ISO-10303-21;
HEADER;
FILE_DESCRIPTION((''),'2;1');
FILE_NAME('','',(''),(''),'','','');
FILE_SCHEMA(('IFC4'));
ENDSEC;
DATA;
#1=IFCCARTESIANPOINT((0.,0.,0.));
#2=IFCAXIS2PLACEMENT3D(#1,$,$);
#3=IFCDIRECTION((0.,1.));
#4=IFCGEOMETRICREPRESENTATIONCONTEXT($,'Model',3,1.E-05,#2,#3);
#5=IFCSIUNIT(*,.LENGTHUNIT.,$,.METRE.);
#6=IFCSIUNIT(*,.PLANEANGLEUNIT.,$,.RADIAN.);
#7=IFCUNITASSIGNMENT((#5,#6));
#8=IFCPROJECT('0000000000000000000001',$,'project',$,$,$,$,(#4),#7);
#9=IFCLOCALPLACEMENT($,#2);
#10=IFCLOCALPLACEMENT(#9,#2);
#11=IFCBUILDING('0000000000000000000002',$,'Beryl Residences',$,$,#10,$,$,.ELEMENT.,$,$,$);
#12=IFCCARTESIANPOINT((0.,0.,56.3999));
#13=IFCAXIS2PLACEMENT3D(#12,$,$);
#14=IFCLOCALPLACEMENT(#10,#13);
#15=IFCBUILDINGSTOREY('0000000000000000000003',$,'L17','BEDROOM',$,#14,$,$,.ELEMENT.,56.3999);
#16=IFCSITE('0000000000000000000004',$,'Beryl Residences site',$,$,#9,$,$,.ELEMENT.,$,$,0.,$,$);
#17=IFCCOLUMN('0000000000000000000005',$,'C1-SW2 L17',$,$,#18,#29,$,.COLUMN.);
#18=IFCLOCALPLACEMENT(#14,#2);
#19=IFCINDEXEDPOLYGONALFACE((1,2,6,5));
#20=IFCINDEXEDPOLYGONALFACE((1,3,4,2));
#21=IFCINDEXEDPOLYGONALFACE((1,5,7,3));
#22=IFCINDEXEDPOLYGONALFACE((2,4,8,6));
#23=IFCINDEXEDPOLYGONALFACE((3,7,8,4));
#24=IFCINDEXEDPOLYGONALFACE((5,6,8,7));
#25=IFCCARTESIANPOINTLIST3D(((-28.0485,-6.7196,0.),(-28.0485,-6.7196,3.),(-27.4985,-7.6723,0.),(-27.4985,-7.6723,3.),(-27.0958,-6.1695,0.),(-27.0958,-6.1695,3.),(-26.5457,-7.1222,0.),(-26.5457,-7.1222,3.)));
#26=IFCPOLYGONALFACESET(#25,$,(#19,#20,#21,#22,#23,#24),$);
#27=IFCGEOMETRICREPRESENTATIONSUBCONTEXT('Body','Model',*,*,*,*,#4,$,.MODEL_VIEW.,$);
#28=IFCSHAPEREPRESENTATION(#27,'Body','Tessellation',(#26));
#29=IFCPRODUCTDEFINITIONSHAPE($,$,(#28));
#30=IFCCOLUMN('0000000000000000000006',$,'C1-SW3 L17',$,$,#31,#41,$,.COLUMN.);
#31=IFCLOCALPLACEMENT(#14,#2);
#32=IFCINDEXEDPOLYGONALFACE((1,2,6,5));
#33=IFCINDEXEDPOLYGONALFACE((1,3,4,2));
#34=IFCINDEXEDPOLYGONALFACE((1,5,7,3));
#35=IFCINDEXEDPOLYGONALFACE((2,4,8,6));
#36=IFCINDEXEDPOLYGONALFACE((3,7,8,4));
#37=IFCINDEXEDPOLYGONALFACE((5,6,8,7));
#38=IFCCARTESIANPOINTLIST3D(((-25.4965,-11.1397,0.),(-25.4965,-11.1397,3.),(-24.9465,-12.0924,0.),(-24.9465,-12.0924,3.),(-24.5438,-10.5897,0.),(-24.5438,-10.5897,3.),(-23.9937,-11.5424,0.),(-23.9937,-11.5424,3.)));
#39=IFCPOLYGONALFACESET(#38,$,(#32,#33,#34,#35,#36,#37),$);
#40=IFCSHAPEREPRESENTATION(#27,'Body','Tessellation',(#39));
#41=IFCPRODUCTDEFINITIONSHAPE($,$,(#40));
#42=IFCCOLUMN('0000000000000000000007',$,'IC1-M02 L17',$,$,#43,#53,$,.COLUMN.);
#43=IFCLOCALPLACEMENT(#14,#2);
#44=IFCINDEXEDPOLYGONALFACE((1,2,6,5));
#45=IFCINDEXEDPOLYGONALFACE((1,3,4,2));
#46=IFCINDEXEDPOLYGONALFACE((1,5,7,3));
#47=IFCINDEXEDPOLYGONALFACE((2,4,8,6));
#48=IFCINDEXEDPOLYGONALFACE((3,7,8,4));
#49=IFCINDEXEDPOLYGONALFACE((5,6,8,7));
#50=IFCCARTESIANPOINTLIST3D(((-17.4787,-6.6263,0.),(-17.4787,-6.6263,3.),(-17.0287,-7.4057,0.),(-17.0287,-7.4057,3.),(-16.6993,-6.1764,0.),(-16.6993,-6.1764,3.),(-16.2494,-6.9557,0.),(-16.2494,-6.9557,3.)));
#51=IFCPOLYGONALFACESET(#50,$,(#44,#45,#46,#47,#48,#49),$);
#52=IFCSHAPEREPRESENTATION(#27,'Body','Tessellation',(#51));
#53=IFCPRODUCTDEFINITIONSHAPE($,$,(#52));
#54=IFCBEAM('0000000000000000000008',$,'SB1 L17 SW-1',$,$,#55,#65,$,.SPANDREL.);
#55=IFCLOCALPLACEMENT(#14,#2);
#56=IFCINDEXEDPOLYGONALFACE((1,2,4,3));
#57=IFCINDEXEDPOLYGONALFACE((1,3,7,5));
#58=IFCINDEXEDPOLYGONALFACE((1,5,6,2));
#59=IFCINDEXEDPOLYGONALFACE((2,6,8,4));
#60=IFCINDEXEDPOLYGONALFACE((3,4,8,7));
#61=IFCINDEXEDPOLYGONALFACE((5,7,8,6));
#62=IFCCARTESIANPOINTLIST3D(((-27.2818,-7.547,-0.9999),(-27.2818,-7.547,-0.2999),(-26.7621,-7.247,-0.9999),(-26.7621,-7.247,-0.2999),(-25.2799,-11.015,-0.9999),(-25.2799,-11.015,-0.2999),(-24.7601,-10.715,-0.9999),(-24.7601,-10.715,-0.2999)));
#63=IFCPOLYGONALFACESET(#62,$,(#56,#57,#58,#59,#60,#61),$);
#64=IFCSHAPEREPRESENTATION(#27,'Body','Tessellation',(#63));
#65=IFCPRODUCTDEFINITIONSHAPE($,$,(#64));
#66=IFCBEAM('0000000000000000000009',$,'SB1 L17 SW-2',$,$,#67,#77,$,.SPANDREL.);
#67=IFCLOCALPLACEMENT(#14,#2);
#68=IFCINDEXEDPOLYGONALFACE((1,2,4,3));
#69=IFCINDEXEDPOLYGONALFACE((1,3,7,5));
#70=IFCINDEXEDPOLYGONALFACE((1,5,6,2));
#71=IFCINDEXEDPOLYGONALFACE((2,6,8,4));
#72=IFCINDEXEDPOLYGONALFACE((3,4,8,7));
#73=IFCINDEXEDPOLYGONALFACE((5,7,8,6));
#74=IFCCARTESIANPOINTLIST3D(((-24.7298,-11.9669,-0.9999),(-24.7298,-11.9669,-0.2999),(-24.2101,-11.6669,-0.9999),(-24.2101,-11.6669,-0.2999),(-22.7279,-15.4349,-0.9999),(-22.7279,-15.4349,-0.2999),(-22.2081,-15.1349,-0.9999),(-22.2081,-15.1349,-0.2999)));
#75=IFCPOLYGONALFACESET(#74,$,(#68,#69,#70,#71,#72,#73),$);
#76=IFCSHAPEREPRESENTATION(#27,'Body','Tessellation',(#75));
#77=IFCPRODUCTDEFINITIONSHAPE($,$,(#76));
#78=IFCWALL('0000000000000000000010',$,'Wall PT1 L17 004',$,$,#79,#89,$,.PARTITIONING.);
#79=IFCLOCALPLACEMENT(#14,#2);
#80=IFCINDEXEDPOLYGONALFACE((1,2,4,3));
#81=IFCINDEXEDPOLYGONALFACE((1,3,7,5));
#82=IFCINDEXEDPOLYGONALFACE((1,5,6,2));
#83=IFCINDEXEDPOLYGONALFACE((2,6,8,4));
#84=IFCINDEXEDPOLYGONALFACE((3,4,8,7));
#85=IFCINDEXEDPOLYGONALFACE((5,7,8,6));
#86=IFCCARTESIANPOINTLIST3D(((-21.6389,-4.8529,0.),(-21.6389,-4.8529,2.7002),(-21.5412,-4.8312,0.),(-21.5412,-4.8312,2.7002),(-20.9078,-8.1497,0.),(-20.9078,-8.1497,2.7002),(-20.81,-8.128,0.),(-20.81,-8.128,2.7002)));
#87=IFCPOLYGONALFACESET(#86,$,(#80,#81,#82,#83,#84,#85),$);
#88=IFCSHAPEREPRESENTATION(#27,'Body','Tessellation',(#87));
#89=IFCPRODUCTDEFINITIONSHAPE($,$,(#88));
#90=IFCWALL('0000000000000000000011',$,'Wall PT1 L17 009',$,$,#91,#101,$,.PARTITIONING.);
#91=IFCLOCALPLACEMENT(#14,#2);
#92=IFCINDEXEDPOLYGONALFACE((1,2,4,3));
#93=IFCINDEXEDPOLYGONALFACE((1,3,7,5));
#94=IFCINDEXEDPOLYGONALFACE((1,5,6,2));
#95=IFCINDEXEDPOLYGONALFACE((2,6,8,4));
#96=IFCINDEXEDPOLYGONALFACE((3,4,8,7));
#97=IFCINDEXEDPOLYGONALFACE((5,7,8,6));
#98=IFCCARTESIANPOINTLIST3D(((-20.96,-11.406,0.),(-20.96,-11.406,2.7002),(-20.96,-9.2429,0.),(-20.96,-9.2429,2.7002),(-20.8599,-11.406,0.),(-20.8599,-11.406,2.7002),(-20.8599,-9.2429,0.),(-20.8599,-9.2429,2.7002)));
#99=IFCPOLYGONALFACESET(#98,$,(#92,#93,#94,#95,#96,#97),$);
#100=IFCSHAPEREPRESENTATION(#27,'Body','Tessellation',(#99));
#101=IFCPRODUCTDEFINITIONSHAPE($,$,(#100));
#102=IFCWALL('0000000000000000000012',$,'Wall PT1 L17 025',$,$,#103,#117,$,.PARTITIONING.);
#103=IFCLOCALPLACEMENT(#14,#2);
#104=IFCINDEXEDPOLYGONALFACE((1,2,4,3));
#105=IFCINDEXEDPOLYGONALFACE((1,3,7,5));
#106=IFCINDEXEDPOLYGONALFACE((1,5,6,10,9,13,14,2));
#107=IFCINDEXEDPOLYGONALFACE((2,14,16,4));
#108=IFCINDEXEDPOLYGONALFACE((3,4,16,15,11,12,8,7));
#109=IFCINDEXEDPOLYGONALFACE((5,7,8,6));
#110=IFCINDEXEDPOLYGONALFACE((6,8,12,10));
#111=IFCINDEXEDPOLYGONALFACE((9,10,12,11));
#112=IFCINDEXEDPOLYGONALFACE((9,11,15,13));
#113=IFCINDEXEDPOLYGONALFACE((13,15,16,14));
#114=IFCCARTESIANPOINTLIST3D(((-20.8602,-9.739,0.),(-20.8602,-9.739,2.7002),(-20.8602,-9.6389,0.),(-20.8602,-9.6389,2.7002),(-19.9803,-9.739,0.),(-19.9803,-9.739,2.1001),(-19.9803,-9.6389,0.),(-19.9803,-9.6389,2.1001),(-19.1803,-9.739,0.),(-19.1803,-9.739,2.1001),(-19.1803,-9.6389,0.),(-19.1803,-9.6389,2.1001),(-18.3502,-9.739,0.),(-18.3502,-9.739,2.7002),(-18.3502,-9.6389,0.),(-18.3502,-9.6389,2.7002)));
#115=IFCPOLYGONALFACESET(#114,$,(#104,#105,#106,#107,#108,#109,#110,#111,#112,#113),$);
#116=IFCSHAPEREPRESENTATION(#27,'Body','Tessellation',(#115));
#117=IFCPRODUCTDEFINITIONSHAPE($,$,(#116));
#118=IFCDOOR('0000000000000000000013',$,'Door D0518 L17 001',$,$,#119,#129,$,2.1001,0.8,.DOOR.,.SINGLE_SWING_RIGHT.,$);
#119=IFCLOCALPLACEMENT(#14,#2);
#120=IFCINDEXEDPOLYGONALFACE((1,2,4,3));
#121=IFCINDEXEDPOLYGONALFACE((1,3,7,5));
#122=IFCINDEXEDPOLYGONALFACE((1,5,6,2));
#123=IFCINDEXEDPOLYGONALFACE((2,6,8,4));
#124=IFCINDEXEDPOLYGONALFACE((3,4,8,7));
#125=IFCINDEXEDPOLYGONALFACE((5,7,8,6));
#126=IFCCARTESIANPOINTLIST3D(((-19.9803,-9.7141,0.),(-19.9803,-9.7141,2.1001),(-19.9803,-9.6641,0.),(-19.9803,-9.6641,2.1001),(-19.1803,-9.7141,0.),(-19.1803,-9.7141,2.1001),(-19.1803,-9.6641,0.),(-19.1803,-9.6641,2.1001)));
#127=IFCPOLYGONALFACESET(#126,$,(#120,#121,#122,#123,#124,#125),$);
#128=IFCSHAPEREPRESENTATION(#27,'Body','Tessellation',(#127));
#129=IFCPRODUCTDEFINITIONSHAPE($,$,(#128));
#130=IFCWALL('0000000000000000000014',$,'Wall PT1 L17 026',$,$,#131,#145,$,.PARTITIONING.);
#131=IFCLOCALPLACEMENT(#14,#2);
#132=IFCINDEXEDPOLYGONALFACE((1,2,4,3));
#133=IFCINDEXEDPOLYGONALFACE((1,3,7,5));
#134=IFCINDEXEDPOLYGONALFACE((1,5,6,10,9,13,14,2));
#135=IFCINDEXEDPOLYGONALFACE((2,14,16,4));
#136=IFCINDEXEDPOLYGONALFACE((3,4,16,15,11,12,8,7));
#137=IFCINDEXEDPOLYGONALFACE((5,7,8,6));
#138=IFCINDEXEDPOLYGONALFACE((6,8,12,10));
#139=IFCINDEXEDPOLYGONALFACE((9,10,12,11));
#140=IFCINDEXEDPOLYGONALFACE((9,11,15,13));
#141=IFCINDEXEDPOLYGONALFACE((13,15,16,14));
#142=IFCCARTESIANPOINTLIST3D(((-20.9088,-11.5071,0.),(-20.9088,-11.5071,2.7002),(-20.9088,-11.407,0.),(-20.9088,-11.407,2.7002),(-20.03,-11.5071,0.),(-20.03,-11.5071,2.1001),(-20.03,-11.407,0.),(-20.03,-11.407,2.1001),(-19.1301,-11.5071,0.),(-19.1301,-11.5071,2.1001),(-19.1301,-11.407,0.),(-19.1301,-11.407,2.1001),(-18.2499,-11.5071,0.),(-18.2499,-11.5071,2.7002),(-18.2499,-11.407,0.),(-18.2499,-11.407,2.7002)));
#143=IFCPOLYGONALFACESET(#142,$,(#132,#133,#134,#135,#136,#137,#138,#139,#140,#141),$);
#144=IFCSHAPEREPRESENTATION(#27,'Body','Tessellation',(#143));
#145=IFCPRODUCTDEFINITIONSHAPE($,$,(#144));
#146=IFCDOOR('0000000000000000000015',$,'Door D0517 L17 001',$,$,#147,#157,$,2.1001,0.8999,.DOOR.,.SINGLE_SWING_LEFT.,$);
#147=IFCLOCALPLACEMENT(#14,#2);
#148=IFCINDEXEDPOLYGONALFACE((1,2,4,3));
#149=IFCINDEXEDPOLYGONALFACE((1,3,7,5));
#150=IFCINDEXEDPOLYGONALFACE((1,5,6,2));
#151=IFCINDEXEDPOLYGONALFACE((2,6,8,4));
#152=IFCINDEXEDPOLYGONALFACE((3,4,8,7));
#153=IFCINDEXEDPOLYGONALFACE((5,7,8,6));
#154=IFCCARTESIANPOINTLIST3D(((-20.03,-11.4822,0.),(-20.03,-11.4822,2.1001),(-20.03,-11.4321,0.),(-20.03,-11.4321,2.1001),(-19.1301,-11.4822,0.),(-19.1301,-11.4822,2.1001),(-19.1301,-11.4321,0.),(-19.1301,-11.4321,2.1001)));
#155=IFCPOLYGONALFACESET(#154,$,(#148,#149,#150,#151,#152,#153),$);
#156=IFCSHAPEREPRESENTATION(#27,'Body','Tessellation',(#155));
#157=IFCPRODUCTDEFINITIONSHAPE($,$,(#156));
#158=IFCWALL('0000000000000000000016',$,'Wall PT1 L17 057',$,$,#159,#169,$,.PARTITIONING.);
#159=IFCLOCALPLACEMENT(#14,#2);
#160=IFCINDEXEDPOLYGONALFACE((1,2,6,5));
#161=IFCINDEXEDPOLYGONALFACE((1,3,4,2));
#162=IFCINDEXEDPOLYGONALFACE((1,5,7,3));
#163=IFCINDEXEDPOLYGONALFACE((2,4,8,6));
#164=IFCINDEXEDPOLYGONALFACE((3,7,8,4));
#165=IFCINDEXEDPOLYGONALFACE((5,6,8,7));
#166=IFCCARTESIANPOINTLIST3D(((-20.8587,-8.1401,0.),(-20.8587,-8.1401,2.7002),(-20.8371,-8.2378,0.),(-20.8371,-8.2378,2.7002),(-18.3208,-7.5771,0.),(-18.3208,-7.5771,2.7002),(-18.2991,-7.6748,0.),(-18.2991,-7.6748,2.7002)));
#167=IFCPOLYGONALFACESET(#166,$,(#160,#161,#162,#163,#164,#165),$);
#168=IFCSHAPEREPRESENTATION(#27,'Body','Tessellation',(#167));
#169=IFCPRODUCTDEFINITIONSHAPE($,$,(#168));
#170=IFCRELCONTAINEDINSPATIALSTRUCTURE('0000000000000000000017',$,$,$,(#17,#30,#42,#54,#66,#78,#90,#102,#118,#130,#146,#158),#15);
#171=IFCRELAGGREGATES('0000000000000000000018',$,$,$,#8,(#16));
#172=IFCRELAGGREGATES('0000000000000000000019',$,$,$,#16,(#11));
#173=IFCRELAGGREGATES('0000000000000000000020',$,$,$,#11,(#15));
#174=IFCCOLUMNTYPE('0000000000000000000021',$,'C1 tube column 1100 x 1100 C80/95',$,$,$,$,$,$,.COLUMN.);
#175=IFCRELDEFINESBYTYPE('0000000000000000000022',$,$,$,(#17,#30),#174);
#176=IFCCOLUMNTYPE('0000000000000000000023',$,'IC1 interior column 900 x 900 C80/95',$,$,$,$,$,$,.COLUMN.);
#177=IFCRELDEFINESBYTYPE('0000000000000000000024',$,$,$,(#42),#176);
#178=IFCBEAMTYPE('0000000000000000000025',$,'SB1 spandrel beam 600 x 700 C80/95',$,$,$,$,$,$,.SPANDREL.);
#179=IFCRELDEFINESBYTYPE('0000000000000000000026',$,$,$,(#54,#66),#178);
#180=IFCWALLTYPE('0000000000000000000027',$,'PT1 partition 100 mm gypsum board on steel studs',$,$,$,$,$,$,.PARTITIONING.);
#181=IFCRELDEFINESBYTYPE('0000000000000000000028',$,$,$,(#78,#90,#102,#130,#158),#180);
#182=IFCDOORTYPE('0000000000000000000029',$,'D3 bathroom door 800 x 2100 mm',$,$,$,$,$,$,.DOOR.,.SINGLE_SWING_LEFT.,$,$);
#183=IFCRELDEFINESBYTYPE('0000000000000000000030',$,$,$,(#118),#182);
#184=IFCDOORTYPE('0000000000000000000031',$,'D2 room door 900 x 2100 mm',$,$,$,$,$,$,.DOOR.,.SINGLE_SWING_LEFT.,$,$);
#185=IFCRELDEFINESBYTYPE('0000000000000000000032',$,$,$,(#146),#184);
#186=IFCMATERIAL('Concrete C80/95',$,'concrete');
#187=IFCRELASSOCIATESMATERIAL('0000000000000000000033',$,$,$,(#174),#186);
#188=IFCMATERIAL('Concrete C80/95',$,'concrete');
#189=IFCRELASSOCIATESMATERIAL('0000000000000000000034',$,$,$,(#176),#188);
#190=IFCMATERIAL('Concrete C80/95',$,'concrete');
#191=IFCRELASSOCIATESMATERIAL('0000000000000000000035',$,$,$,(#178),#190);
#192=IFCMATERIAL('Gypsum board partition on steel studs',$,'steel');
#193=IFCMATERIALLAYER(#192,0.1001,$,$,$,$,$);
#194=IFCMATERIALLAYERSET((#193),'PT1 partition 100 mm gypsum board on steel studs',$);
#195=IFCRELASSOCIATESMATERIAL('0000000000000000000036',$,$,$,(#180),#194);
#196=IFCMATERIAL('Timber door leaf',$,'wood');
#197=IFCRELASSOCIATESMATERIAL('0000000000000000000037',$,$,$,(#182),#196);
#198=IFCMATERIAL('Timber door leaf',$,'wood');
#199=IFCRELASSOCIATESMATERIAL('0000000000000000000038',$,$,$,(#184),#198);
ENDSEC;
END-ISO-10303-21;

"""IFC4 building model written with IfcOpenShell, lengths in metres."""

from ifc_helpers import new_model, si_unit, direction, frame, frame_2d, origin, origin_2d, place, context, subcontext, project, spatial, rectangle, extrude, material, layer, layer_set, material_profile, profile_set, type_object, element, fill, save


model = new_model("IFC4")

# Units and contexts
model_context = context("Model", 3, precision=1e-05, world=origin(), true_north=direction((0.0, 1.0)))
body_context = subcontext(model_context, "Body", "Model", "MODEL_VIEW")
ifc_project = project(units=[si_unit("LENGTHUNIT", "METRE"), si_unit("PLANEANGLEUNIT", "RADIAN")], contexts=[model_context])

# Site, building, storey
site_placement = place(None, origin())
site = spatial("IfcSite", under=ifc_project, at=site_placement, Name="Beryl Residences site", CompositionType="ELEMENT", RefElevation=0.0)
building_placement = place(site_placement, origin())
building = spatial("IfcBuilding", under=site, at=building_placement, Name="Beryl Residences", CompositionType="ELEMENT")
storey_placement = place(building_placement, frame((0.0, 0.0, 56.3999)))
storey = spatial("IfcBuildingStorey", under=building, at=storey_placement, Name="L17", Description="BEDROOM", CompositionType="ELEMENT", Elevation=56.3999)

# Columns
ifc_material_1 = material(Name="Concrete C80/95", Category="concrete")
ifc_material_profile_1 = material_profile(ifc_material_1, rectangle(XDim=1.1001, YDim=1.1001, at=origin_2d()))
ifc_profile_set_1 = profile_set([ifc_material_profile_1], Name="Concrete C80/95")
column_type_1 = type_object("IfcColumnType", Name="C1 tube column 1100 x 1100 C80/95", PredefinedType="COLUMN", material=ifc_profile_set_1)
for number, where, z_axis, x_axis, name in (
    (1, (-27.2971, -6.9209, 0.0), (0.0, 0.0, 1.0), (0.499985, -0.866034, 0.0), "C1-SW2 L17"),
    (2, (-24.7451, -11.3411, 0.0), (0.0, 0.0, 1.0), (0.499985, -0.866034, 0.0), "C1-SW3 L17"),
):
    element("IfcColumn", number, at=place(storey_placement, frame(where, z_axis=z_axis, x_axis=x_axis)), inside=storey, type_object=column_type_1, Name=name, PredefinedType="COLUMN", context=body_context, shape_type="SweptSolid", body=[
        extrude(rectangle(XDim=1.1001, YDim=1.1001, at=origin_2d()), origin(), (0.0, 0.0, 1.0), 3.0),
    ])
ifc_material_2 = material(Name="Concrete C80/95", Category="concrete")
ifc_material_profile_2 = material_profile(ifc_material_2, rectangle(XDim=0.8999, YDim=0.8999, at=origin_2d()))
ifc_profile_set_2 = profile_set([ifc_material_profile_2], Name="Concrete C80/95")
column_type_2 = type_object("IfcColumnType", Name="IC1 interior column 900 x 900 C80/95", PredefinedType="COLUMN", material=ifc_profile_set_2)
column_placement = place(storey_placement, frame((-16.864, -6.791, 0.0), z_axis=(0.0, 0.0, 1.0), x_axis=(0.499985, -0.866034, 0.0)))
element("IfcColumn", 3, at=column_placement, inside=storey, type_object=column_type_2, Name="IC1-M02 L17", PredefinedType="COLUMN", context=body_context, shape_type="SweptSolid", body=[
    extrude(rectangle(XDim=0.8999, YDim=0.8999, at=origin_2d()), origin(), (0.0, 0.0, 1.0), 3.0),
])

# Beams
ifc_material_3 = material(Name="Concrete C80/95", Category="concrete")
ifc_material_profile_3 = material_profile(ifc_material_3, rectangle(XDim=0.6001, YDim=0.7, at=origin_2d()))
ifc_profile_set_3 = profile_set([ifc_material_profile_3], Name="Concrete C80/95")
beam_type = type_object("IfcBeamType", Name="SB1 spandrel beam 600 x 700 C80/95", PredefinedType="SPANDREL", material=ifc_profile_set_3)
for number, where, z_axis, x_axis, name in (
    (4, (-27.022, -7.397, -0.6499), (0.499942, -0.866059, 0.0), (0.866059, 0.499942, 0.0), "SB1 L17 SW-1"),
    (5, (-24.47, -11.8169, -0.6499), (0.499942, -0.866059, 0.0), (0.866059, 0.499942, 0.0), "SB1 L17 SW-2"),
):
    element("IfcBeam", number, at=place(storey_placement, frame(where, z_axis=z_axis, x_axis=x_axis)), inside=storey, type_object=beam_type, Name=name, PredefinedType="SPANDREL", context=body_context, shape_type="SweptSolid", body=[
        extrude(rectangle(XDim=0.6001, YDim=0.7, at=origin_2d()), origin(), (0.0, 0.0, 1.0), 4.0044),
    ])

# Walls
ifc_material_4 = material(Name="Gypsum board partition on steel studs", Category="steel")
ifc_layer_1 = layer(ifc_material_4, 0.1001)
ifc_layer_set_1 = layer_set([ifc_layer_1], Name="PT1 partition 100 mm gypsum board on steel studs")
wall_type_1 = type_object("IfcWallType", Name="PT1 partition 100 mm gypsum board on steel studs", PredefinedType="PARTITIONING", material=ifc_layer_set_1)
wall_1_placement = place(storey_placement, frame((-21.5901, -4.842, 0.0), z_axis=(0.0, 0.0, 1.0), x_axis=(0.216525, -0.976277, 0.0)))
element("IfcWall", 6, at=wall_1_placement, inside=storey, type_object=wall_type_1, Name="Wall PT1 L17 004", PredefinedType="PARTITIONING", context=body_context, shape_type="SweptSolid", body=[
    extrude(rectangle(XDim=3.377, YDim=0.1001, at=frame_2d((1.6885, 0.0))), origin(), (0.0, 0.0, 1.0), 2.7002),
])
wall_2_placement = place(storey_placement, frame((-20.9099, -9.2429, 0.0), z_axis=(0.0, 0.0, 1.0), x_axis=(0.0, -1.0, 0.0)))
element("IfcWall", 7, at=wall_2_placement, inside=storey, type_object=wall_type_1, Name="Wall PT1 L17 009", PredefinedType="PARTITIONING", context=body_context, shape_type="SweptSolid", body=[
    extrude(rectangle(XDim=2.1631, YDim=0.1001, at=frame_2d((1.0815, 0.0))), origin(), (0.0, 0.0, 1.0), 2.7002),
])

# Walls, openings, doors
wall_3_placement = place(storey_placement, frame((-20.8601, -9.689, 0.0), z_axis=(0.0, 0.0, 1.0), x_axis=(1.0, 0.0, 0.0)))
wall_3 = element("IfcWall", 8, at=wall_3_placement, inside=storey, type_object=wall_type_1, Name="Wall PT1 L17 025", PredefinedType="PARTITIONING", context=body_context, shape_type="SweptSolid", body=[
    extrude(rectangle(XDim=2.51, YDim=0.1001, at=frame_2d((1.2549, 0.0))), origin(), (0.0, 0.0, 1.0), 2.7002),
])
opening_1_placement = place(wall_3_placement, frame((0.8799, 0.0, 0.0)))
opening_1 = element("IfcOpeningElement", 9, at=opening_1_placement, cuts=wall_3, PredefinedType="OPENING", context=body_context, shape_type="SweptSolid", body=[
    extrude(rectangle(XDim=0.8, YDim=2.1001, at=frame_2d((0.3999, 1.05))), frame((0.0, 0.0601, 0.0), z_axis=(0.0, -1.0, 0.0), x_axis=(1.0, 0.0, 0.0)), (0.0, 0.0, 1.0), 0.1201),
])
ifc_material_5 = material(Name="Timber door leaf", Category="wood")
door_type_1 = type_object("IfcDoorType", Name="D3 bathroom door 800 x 2100 mm", OperationType="SINGLE_SWING_LEFT", PredefinedType="DOOR", material=ifc_material_5)
door_1_placement = place(opening_1_placement, origin())
door_1 = element("IfcDoor", 10, at=door_1_placement, inside=storey, type_object=door_type_1, Name="Door D0518 L17 001", OperationType="SINGLE_SWING_RIGHT", OverallHeight=2.1001, OverallWidth=0.8, PredefinedType="DOOR", context=body_context, shape_type="SweptSolid", body=[
    extrude(rectangle(XDim=0.8, YDim=2.1001, at=frame_2d((0.3999, 1.05))), frame((0.0, 0.0249, 0.0), z_axis=(0.0, -1.0, 0.0), x_axis=(1.0, 0.0, 0.0)), (0.0, 0.0, 1.0), 0.05),
])
fill(opening_1, door_1)
wall_4_placement = place(storey_placement, frame((-20.9089, -11.457, 0.0), z_axis=(0.0, 0.0, 1.0), x_axis=(1.0, 0.0, 0.0)))
wall_4 = element("IfcWall", 11, at=wall_4_placement, inside=storey, type_object=wall_type_1, Name="Wall PT1 L17 026", PredefinedType="PARTITIONING", context=body_context, shape_type="SweptSolid", body=[
    extrude(rectangle(XDim=2.6589, YDim=0.1001, at=frame_2d((1.3296, 0.0))), origin(), (0.0, 0.0, 1.0), 2.7002),
])
opening_2_placement = place(wall_4_placement, frame((0.8789, 0.0, 0.0)))
opening_2 = element("IfcOpeningElement", 12, at=opening_2_placement, cuts=wall_4, PredefinedType="OPENING", context=body_context, shape_type="SweptSolid", body=[
    extrude(rectangle(XDim=0.8999, YDim=2.1001, at=frame_2d((0.45, 1.05))), frame((0.0, 0.0601, 0.0), z_axis=(0.0, -1.0, 0.0), x_axis=(1.0, 0.0, 0.0)), (0.0, 0.0, 1.0), 0.1201),
])
ifc_material_6 = material(Name="Timber door leaf", Category="wood")
door_type_2 = type_object("IfcDoorType", Name="D2 room door 900 x 2100 mm", OperationType="SINGLE_SWING_LEFT", PredefinedType="DOOR", material=ifc_material_6)
door_2_placement = place(opening_2_placement, origin())
door_2 = element("IfcDoor", 13, at=door_2_placement, inside=storey, type_object=door_type_2, Name="Door D0517 L17 001", OperationType="SINGLE_SWING_LEFT", OverallHeight=2.1001, OverallWidth=0.8999, PredefinedType="DOOR", context=body_context, shape_type="SweptSolid", body=[
    extrude(rectangle(XDim=0.8999, YDim=2.1001, at=frame_2d((0.45, 1.05))), frame((0.0, 0.0249, 0.0), z_axis=(0.0, -1.0, 0.0), x_axis=(1.0, 0.0, 0.0)), (0.0, 0.0, 1.0), 0.05),
])
fill(opening_2, door_2)

# Wall
wall_5_placement = place(storey_placement, frame((-20.8479, -8.189, 0.0), z_axis=(0.0, 0.0, 1.0), x_axis=(0.976267, 0.216572, 0.0)))
element("IfcWall", 14, at=wall_5_placement, inside=storey, type_object=wall_type_1, Name="Wall PT1 L17 057", PredefinedType="PARTITIONING", context=body_context, shape_type="SweptSolid", body=[
    extrude(rectangle(XDim=2.5996, YDim=0.1001, at=frame_2d((1.2998, 0.0))), origin(), (0.0, 0.0, 1.0), 2.7002),
])

save(model, "model.ifc")
